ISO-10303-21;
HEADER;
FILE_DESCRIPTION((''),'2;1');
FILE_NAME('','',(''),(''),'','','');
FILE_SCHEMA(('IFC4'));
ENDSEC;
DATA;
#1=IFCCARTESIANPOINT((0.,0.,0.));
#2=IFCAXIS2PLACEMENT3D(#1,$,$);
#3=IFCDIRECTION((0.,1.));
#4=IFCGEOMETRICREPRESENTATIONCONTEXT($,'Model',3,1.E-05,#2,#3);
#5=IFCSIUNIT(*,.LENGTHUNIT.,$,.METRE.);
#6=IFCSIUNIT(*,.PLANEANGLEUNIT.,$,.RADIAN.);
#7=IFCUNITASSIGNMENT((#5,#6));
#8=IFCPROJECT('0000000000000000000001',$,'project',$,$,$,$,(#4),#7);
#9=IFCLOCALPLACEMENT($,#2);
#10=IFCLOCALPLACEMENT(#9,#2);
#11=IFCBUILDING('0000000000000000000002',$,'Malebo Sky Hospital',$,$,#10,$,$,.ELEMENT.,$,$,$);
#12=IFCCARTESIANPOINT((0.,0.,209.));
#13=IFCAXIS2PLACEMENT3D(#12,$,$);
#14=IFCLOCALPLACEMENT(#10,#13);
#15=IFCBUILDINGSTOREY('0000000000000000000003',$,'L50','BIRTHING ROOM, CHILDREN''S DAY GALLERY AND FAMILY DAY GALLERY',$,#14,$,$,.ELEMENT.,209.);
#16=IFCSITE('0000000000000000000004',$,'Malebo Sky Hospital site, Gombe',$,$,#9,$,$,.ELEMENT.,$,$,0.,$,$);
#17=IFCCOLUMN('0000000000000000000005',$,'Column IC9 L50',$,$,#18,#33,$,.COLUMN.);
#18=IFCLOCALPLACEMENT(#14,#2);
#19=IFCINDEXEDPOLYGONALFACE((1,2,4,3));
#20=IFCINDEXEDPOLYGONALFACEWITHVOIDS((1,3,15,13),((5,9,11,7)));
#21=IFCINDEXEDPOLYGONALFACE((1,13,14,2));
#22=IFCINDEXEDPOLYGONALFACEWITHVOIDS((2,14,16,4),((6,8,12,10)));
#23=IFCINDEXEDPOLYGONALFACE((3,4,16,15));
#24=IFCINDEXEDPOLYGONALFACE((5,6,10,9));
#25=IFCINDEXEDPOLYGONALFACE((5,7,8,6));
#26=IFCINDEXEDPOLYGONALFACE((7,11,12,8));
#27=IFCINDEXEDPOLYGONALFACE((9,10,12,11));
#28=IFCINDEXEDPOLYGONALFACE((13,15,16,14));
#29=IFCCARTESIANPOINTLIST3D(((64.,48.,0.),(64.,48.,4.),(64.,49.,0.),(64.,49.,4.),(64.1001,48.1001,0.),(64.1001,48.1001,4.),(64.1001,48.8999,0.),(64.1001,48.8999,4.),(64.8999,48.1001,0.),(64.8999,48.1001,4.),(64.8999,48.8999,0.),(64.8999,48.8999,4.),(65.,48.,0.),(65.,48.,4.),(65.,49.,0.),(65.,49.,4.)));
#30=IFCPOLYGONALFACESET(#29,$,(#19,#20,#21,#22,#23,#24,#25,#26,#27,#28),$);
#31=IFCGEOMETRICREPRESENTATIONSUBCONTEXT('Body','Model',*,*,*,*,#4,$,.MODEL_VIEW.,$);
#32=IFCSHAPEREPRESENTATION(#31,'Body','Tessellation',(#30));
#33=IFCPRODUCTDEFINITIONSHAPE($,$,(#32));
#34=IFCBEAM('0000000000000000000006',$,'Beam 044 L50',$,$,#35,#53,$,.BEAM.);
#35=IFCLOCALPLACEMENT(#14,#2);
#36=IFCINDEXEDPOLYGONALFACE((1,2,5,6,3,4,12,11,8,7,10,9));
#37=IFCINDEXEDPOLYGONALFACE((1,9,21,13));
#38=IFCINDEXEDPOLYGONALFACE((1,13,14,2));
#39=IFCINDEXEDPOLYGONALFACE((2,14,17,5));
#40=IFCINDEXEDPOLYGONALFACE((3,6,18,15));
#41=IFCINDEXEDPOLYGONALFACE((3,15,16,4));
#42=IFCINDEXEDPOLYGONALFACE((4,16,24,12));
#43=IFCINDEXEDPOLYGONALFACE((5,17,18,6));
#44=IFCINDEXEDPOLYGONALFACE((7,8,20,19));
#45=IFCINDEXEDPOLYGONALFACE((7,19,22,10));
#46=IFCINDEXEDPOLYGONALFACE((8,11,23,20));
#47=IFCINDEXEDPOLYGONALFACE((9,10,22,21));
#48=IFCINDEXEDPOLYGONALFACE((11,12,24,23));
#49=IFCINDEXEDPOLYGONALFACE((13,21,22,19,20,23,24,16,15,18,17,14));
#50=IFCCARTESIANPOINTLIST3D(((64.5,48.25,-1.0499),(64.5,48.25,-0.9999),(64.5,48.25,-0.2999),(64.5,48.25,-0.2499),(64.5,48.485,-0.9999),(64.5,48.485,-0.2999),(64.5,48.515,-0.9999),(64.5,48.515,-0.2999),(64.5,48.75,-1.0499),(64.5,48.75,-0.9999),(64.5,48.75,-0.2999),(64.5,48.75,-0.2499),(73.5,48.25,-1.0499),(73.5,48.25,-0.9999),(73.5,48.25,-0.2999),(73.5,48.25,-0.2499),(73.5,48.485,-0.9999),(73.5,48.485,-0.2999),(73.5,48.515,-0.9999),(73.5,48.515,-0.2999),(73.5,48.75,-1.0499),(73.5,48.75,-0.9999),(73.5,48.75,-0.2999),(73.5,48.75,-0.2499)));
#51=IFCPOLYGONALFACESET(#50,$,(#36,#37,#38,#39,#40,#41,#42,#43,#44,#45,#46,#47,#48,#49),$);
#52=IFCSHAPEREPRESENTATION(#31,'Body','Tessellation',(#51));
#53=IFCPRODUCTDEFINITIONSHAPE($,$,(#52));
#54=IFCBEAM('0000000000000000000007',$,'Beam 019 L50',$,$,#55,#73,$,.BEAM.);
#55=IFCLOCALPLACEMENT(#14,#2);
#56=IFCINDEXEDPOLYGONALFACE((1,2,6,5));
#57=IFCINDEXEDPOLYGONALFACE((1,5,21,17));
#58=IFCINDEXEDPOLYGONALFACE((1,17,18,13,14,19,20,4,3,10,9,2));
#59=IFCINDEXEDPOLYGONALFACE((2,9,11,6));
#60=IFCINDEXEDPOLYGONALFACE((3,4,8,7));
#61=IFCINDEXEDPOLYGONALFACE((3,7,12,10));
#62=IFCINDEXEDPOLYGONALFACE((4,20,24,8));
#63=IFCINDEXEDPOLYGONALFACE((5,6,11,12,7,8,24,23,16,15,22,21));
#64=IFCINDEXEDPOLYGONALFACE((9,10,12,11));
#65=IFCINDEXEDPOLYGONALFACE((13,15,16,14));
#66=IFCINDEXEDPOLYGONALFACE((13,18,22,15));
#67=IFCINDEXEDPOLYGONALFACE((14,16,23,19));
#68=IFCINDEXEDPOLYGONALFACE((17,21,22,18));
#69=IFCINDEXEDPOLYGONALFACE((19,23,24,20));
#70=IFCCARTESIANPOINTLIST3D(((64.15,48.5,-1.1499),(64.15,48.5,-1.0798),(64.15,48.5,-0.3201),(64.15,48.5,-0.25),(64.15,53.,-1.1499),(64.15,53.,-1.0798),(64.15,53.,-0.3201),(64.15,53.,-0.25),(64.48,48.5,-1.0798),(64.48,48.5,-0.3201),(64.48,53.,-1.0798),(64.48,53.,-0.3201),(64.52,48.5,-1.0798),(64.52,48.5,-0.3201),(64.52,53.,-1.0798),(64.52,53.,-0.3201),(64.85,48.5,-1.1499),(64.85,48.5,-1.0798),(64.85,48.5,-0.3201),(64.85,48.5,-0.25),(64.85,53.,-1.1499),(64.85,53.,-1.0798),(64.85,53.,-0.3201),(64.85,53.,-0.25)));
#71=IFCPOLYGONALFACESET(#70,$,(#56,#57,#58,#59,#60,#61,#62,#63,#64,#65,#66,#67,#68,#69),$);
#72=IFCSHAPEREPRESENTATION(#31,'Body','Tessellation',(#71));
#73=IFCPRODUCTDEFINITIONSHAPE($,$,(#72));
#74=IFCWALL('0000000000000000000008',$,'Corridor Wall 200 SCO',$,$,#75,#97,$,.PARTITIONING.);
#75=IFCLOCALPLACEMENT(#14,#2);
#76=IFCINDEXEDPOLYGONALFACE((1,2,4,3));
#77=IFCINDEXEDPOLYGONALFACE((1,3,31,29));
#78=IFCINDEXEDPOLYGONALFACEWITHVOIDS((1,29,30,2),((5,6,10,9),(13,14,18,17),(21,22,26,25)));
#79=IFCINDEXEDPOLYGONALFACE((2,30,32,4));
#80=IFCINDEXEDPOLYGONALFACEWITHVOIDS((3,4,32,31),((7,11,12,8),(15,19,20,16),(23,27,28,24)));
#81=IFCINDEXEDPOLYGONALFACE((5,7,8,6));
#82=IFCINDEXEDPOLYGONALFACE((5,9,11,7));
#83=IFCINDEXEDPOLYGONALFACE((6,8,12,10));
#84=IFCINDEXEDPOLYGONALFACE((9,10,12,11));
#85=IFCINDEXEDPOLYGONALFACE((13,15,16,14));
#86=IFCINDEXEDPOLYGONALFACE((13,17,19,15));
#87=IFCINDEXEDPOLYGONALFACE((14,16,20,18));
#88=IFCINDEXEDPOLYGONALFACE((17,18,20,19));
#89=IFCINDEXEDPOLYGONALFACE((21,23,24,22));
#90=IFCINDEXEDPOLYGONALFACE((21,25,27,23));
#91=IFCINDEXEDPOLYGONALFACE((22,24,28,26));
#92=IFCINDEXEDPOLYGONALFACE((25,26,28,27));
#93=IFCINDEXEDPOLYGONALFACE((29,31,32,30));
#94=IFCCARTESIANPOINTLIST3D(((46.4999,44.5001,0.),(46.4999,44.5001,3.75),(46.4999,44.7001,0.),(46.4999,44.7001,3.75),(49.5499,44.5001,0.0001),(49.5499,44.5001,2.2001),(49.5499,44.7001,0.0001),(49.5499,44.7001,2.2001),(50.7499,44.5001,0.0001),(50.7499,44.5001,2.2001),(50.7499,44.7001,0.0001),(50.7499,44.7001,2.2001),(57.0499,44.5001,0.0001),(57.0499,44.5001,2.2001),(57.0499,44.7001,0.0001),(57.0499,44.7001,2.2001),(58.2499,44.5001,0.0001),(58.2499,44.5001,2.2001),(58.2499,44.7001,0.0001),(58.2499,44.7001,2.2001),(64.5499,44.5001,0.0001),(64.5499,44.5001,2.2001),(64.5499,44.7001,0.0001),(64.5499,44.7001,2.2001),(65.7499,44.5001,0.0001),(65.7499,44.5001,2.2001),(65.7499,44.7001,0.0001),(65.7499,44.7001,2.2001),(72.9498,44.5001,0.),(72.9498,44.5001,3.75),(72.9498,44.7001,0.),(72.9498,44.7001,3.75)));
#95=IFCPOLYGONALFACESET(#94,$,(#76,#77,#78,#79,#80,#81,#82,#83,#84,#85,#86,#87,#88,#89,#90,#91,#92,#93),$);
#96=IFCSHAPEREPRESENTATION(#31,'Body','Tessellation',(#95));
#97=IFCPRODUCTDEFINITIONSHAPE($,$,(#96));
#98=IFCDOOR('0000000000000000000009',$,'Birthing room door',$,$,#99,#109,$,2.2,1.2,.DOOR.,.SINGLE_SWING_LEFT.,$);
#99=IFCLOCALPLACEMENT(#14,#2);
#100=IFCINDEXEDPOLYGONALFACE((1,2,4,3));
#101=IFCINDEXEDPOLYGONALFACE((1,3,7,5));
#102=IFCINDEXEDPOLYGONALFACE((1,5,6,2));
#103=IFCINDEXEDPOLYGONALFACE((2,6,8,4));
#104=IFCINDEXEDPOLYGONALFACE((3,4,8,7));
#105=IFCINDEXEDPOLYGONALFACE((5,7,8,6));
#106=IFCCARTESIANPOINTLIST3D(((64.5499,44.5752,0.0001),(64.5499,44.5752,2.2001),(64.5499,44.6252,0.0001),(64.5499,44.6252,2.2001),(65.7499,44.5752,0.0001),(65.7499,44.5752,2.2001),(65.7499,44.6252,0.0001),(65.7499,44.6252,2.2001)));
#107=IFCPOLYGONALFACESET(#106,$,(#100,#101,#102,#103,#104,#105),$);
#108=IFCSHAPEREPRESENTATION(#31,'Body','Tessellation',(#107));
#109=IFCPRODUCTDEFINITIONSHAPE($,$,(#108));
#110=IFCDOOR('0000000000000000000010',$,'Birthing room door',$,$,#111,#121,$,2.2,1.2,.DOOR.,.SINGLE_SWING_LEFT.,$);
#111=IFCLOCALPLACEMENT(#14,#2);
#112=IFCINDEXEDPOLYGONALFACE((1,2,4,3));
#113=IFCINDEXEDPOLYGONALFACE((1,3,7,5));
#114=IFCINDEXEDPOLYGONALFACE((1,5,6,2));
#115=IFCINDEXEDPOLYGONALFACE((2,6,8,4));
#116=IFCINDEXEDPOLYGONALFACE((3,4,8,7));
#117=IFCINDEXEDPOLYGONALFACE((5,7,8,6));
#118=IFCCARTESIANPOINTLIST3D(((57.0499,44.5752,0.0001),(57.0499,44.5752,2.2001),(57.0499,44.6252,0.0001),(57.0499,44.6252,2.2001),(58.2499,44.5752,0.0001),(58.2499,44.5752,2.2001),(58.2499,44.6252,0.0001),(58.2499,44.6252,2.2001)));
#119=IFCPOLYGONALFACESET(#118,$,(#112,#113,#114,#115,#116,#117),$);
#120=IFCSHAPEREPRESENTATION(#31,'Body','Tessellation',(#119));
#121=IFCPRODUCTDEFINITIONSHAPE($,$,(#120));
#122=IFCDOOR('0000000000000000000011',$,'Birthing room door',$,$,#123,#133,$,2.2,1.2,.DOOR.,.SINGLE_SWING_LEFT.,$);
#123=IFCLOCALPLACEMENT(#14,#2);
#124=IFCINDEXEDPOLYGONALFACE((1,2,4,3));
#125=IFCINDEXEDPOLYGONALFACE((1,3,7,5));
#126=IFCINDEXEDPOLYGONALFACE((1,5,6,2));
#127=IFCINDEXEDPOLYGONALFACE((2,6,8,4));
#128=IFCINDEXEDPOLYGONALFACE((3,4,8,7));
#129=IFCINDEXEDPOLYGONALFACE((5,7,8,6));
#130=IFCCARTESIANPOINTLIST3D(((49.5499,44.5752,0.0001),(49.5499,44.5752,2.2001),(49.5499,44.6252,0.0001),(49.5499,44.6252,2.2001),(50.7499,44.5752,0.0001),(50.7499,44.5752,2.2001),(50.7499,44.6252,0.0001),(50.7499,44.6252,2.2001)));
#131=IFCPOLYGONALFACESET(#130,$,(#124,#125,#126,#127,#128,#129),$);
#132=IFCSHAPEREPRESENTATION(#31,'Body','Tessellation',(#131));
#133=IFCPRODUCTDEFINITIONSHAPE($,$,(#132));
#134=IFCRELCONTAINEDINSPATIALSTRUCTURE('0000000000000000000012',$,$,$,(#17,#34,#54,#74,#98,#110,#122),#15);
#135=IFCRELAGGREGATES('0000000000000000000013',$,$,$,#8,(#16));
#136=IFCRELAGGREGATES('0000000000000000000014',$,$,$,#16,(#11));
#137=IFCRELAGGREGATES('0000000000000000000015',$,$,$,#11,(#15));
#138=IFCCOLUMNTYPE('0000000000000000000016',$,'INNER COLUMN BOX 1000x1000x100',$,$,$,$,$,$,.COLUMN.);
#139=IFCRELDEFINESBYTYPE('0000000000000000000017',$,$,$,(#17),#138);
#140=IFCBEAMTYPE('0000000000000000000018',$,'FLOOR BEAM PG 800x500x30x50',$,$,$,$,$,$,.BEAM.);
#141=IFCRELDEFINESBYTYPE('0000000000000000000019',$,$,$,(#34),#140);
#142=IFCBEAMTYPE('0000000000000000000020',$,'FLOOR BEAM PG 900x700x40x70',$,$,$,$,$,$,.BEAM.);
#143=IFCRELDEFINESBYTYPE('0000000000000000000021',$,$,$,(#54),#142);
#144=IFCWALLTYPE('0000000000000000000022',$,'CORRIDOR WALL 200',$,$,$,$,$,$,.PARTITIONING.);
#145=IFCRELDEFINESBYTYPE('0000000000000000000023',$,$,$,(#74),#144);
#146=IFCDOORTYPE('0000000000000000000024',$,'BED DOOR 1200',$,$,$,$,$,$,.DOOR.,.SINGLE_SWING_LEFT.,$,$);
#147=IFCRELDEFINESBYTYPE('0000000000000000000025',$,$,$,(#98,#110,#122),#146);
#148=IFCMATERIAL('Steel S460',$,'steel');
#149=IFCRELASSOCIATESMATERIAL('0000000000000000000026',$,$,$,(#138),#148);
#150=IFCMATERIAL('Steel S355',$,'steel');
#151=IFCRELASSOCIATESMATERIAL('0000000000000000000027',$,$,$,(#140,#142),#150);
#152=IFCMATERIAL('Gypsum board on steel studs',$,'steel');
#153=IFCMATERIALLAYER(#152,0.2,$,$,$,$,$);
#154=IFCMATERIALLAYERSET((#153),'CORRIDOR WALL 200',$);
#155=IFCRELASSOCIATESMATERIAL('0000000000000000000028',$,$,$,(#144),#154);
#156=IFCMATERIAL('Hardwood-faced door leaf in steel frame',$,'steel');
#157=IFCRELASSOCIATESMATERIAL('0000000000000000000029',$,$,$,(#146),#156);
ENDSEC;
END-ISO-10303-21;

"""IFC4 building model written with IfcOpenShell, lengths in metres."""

from ifc_helpers import new_model, si_unit, direction, frame, frame_2d, origin, origin_2d, place, context, subcontext, project, spatial, rectangle, hollow_rectangle, i_section, extrude, material, layer, layer_set, material_profile, profile_set, type_object, element, fill, save


model = new_model("IFC4")

# Units and contexts
model_context = context("Model", 3, precision=1e-05, world=origin(), true_north=direction((0.0, 1.0)))
body_context = subcontext(model_context, "Body", "Model", "MODEL_VIEW")
ifc_project = project(units=[si_unit("LENGTHUNIT", "METRE"), si_unit("PLANEANGLEUNIT", "RADIAN")], contexts=[model_context])

# Site, building, storey
site_placement = place(None, origin())
site = spatial("IfcSite", under=ifc_project, at=site_placement, Name="Malebo Sky Hospital site, Gombe", CompositionType="ELEMENT", RefElevation=0.0)
building_placement = place(site_placement, origin())
building = spatial("IfcBuilding", under=site, at=building_placement, Name="Malebo Sky Hospital", CompositionType="ELEMENT")
storey_placement = place(building_placement, frame((0.0, 0.0, 209.0)))
storey = spatial("IfcBuildingStorey", under=building, at=storey_placement, Name="L50", Description="BIRTHING ROOM, CHILDREN'S DAY GALLERY AND FAMILY DAY GALLERY", CompositionType="ELEMENT", Elevation=209.0)

# Column
ifc_material_1 = material(Name="Steel S460", Category="steel")
ifc_material_profile_1 = material_profile(ifc_material_1, hollow_rectangle(XDim=1.0, YDim=1.0, WallThickness=0.1001, at=origin_2d()), Name="BOX 1000x1000x100")
ifc_profile_set_1 = profile_set([ifc_material_profile_1], Name="Steel S460")
column_type = type_object("IfcColumnType", Name="INNER COLUMN BOX 1000x1000x100", PredefinedType="COLUMN", material=ifc_profile_set_1)
column_placement = place(storey_placement, frame((64.5, 48.5, 0.0), z_axis=(0.0, 0.0, 1.0), x_axis=(1.0, 0.0, 0.0)))
element("IfcColumn", 1, at=column_placement, inside=storey, type_object=column_type, Name="Column IC9 L50", PredefinedType="COLUMN", context=body_context, shape_type="SweptSolid", body=[
    extrude(hollow_rectangle(XDim=1.0, YDim=1.0, WallThickness=0.1001, at=origin_2d()), origin(), (0.0, 0.0, 1.0), 4.0),
])

# Beams
ifc_material_2 = material(Name="Steel S355", Category="steel")
ifc_material_profile_2 = material_profile(ifc_material_2, i_section(OverallWidth=0.5, OverallDepth=0.8, WebThickness=0.03, FlangeThickness=0.05, at=origin_2d()), Name="PG 800x500x30x50")
ifc_profile_set_2 = profile_set([ifc_material_profile_2], Name="Steel S355")
beam_type_1 = type_object("IfcBeamType", Name="FLOOR BEAM PG 800x500x30x50", PredefinedType="BEAM", material=ifc_profile_set_2)
beam_1_placement = place(storey_placement, frame((64.5, 48.5, -0.6499), z_axis=(1.0, 0.0, 0.0), x_axis=(0.0, 1.0, 0.0)))
element("IfcBeam", 2, at=beam_1_placement, inside=storey, type_object=beam_type_1, Name="Beam 044 L50", PredefinedType="BEAM", context=body_context, shape_type="SweptSolid", body=[
    extrude(i_section(OverallWidth=0.5, OverallDepth=0.8, WebThickness=0.03, FlangeThickness=0.05, at=origin_2d()), origin(), (0.0, 0.0, 1.0), 9.0),
])
ifc_material_profile_3 = material_profile(ifc_material_2, i_section(OverallWidth=0.7, OverallDepth=0.8999, WebThickness=0.04, FlangeThickness=0.0701, at=origin_2d()), Name="PG 900x700x40x70")
ifc_profile_set_3 = profile_set([ifc_material_profile_3], Name="Steel S355")
beam_type_2 = type_object("IfcBeamType", Name="FLOOR BEAM PG 900x700x40x70", PredefinedType="BEAM", material=ifc_profile_set_3)
beam_2_placement = place(storey_placement, frame((64.5, 48.5, -0.7), z_axis=(0.0, 1.0, 0.0), x_axis=(-1.0, 0.0, 0.0)))
element("IfcBeam", 3, at=beam_2_placement, inside=storey, type_object=beam_type_2, Name="Beam 019 L50", PredefinedType="BEAM", context=body_context, shape_type="SweptSolid", body=[
    extrude(i_section(OverallWidth=0.7, OverallDepth=0.8999, WebThickness=0.04, FlangeThickness=0.0701, at=origin_2d()), origin(), (0.0, 0.0, 1.0), 4.5),
])

# Wall, openings, doors
ifc_material_3 = material(Name="Gypsum board on steel studs", Category="steel")
ifc_layer_1 = layer(ifc_material_3, 0.2)
ifc_layer_set_1 = layer_set([ifc_layer_1], Name="CORRIDOR WALL 200")
wall_type_1 = type_object("IfcWallType", Name="CORRIDOR WALL 200", PredefinedType="PARTITIONING", material=ifc_layer_set_1)
wall_1_placement = place(storey_placement, frame((72.95, 44.6001, 0.0), z_axis=(0.0, 0.0, 1.0), x_axis=(-1.0, 0.0, 0.0)))
wall_1 = element("IfcWall", 4, at=wall_1_placement, inside=storey, type_object=wall_type_1, Name="Corridor Wall 200 SCO", PredefinedType="PARTITIONING", context=body_context, shape_type="SweptSolid", body=[
    extrude(rectangle(XDim=26.45, YDim=0.2, at=frame_2d((13.2251, 0.0))), origin(), (0.0, 0.0, 1.0), 3.75),
])
opening_1_placement = place(wall_1_placement, frame((7.2, 0.0, 0.0)))
opening_1 = element("IfcOpeningElement", 5, at=opening_1_placement, cuts=wall_1, PredefinedType="OPENING", context=body_context, shape_type="SweptSolid", body=[
    extrude(rectangle(XDim=1.2, YDim=2.2, at=frame_2d((0.6001, 1.1001))), frame((0.0, 0.1099, 0.0), z_axis=(0.0, -1.0, 0.0), x_axis=(1.0, 0.0, 0.0)), (0.0, 0.0, 1.0), 0.22),
])
opening_2_placement = place(wall_1_placement, frame((14.7, 0.0, 0.0)))
opening_2 = element("IfcOpeningElement", 6, at=opening_2_placement, cuts=wall_1, PredefinedType="OPENING", context=body_context, shape_type="SweptSolid", body=[
    extrude(rectangle(XDim=1.2, YDim=2.2, at=frame_2d((0.6001, 1.1001))), frame((0.0, 0.1099, 0.0), z_axis=(0.0, -1.0, 0.0), x_axis=(1.0, 0.0, 0.0)), (0.0, 0.0, 1.0), 0.22),
])
opening_3_placement = place(wall_1_placement, frame((22.2, 0.0, 0.0)))
opening_3 = element("IfcOpeningElement", 7, at=opening_3_placement, cuts=wall_1, PredefinedType="OPENING", context=body_context, shape_type="SweptSolid", body=[
    extrude(rectangle(XDim=1.2, YDim=2.2, at=frame_2d((0.6001, 1.1001))), frame((0.0, 0.1099, 0.0), z_axis=(0.0, -1.0, 0.0), x_axis=(1.0, 0.0, 0.0)), (0.0, 0.0, 1.0), 0.22),
])
ifc_material_4 = material(Name="Hardwood-faced door leaf in steel frame", Category="steel")
door_type_1 = type_object("IfcDoorType", Name="BED DOOR 1200", OperationType="SINGLE_SWING_LEFT", PredefinedType="DOOR", material=ifc_material_4)
door_1_placement = place(opening_1_placement, origin())
door_1 = element("IfcDoor", 8, at=door_1_placement, inside=storey, type_object=door_type_1, Name="Birthing room door", OperationType="SINGLE_SWING_LEFT", OverallHeight=2.2, OverallWidth=1.2, PredefinedType="DOOR", context=body_context, shape_type="SweptSolid", body=[
    extrude(rectangle(XDim=1.2, YDim=2.2, at=frame_2d((0.6001, 1.1001))), frame((0.0, 0.0249, 0.0), z_axis=(0.0, -1.0, 0.0), x_axis=(1.0, 0.0, 0.0)), (0.0, 0.0, 1.0), 0.05),
])
fill(opening_1, door_1)
door_2_placement = place(opening_2_placement, origin())
door_2 = element("IfcDoor", 9, at=door_2_placement, inside=storey, type_object=door_type_1, Name="Birthing room door", OperationType="SINGLE_SWING_LEFT", OverallHeight=2.2, OverallWidth=1.2, PredefinedType="DOOR", context=body_context, shape_type="SweptSolid", body=[
    extrude(rectangle(XDim=1.2, YDim=2.2, at=frame_2d((0.6001, 1.1001))), frame((0.0, 0.0249, 0.0), z_axis=(0.0, -1.0, 0.0), x_axis=(1.0, 0.0, 0.0)), (0.0, 0.0, 1.0), 0.05),
])
fill(opening_2, door_2)
door_3_placement = place(opening_3_placement, origin())
door_3 = element("IfcDoor", 10, at=door_3_placement, inside=storey, type_object=door_type_1, Name="Birthing room door", OperationType="SINGLE_SWING_LEFT", OverallHeight=2.2, OverallWidth=1.2, PredefinedType="DOOR", context=body_context, shape_type="SweptSolid", body=[
    extrude(rectangle(XDim=1.2, YDim=2.2, at=frame_2d((0.6001, 1.1001))), frame((0.0, 0.0249, 0.0), z_axis=(0.0, -1.0, 0.0), x_axis=(1.0, 0.0, 0.0)), (0.0, 0.0, 1.0), 0.05),
])
fill(opening_3, door_3)

save(model, "model.ifc")
